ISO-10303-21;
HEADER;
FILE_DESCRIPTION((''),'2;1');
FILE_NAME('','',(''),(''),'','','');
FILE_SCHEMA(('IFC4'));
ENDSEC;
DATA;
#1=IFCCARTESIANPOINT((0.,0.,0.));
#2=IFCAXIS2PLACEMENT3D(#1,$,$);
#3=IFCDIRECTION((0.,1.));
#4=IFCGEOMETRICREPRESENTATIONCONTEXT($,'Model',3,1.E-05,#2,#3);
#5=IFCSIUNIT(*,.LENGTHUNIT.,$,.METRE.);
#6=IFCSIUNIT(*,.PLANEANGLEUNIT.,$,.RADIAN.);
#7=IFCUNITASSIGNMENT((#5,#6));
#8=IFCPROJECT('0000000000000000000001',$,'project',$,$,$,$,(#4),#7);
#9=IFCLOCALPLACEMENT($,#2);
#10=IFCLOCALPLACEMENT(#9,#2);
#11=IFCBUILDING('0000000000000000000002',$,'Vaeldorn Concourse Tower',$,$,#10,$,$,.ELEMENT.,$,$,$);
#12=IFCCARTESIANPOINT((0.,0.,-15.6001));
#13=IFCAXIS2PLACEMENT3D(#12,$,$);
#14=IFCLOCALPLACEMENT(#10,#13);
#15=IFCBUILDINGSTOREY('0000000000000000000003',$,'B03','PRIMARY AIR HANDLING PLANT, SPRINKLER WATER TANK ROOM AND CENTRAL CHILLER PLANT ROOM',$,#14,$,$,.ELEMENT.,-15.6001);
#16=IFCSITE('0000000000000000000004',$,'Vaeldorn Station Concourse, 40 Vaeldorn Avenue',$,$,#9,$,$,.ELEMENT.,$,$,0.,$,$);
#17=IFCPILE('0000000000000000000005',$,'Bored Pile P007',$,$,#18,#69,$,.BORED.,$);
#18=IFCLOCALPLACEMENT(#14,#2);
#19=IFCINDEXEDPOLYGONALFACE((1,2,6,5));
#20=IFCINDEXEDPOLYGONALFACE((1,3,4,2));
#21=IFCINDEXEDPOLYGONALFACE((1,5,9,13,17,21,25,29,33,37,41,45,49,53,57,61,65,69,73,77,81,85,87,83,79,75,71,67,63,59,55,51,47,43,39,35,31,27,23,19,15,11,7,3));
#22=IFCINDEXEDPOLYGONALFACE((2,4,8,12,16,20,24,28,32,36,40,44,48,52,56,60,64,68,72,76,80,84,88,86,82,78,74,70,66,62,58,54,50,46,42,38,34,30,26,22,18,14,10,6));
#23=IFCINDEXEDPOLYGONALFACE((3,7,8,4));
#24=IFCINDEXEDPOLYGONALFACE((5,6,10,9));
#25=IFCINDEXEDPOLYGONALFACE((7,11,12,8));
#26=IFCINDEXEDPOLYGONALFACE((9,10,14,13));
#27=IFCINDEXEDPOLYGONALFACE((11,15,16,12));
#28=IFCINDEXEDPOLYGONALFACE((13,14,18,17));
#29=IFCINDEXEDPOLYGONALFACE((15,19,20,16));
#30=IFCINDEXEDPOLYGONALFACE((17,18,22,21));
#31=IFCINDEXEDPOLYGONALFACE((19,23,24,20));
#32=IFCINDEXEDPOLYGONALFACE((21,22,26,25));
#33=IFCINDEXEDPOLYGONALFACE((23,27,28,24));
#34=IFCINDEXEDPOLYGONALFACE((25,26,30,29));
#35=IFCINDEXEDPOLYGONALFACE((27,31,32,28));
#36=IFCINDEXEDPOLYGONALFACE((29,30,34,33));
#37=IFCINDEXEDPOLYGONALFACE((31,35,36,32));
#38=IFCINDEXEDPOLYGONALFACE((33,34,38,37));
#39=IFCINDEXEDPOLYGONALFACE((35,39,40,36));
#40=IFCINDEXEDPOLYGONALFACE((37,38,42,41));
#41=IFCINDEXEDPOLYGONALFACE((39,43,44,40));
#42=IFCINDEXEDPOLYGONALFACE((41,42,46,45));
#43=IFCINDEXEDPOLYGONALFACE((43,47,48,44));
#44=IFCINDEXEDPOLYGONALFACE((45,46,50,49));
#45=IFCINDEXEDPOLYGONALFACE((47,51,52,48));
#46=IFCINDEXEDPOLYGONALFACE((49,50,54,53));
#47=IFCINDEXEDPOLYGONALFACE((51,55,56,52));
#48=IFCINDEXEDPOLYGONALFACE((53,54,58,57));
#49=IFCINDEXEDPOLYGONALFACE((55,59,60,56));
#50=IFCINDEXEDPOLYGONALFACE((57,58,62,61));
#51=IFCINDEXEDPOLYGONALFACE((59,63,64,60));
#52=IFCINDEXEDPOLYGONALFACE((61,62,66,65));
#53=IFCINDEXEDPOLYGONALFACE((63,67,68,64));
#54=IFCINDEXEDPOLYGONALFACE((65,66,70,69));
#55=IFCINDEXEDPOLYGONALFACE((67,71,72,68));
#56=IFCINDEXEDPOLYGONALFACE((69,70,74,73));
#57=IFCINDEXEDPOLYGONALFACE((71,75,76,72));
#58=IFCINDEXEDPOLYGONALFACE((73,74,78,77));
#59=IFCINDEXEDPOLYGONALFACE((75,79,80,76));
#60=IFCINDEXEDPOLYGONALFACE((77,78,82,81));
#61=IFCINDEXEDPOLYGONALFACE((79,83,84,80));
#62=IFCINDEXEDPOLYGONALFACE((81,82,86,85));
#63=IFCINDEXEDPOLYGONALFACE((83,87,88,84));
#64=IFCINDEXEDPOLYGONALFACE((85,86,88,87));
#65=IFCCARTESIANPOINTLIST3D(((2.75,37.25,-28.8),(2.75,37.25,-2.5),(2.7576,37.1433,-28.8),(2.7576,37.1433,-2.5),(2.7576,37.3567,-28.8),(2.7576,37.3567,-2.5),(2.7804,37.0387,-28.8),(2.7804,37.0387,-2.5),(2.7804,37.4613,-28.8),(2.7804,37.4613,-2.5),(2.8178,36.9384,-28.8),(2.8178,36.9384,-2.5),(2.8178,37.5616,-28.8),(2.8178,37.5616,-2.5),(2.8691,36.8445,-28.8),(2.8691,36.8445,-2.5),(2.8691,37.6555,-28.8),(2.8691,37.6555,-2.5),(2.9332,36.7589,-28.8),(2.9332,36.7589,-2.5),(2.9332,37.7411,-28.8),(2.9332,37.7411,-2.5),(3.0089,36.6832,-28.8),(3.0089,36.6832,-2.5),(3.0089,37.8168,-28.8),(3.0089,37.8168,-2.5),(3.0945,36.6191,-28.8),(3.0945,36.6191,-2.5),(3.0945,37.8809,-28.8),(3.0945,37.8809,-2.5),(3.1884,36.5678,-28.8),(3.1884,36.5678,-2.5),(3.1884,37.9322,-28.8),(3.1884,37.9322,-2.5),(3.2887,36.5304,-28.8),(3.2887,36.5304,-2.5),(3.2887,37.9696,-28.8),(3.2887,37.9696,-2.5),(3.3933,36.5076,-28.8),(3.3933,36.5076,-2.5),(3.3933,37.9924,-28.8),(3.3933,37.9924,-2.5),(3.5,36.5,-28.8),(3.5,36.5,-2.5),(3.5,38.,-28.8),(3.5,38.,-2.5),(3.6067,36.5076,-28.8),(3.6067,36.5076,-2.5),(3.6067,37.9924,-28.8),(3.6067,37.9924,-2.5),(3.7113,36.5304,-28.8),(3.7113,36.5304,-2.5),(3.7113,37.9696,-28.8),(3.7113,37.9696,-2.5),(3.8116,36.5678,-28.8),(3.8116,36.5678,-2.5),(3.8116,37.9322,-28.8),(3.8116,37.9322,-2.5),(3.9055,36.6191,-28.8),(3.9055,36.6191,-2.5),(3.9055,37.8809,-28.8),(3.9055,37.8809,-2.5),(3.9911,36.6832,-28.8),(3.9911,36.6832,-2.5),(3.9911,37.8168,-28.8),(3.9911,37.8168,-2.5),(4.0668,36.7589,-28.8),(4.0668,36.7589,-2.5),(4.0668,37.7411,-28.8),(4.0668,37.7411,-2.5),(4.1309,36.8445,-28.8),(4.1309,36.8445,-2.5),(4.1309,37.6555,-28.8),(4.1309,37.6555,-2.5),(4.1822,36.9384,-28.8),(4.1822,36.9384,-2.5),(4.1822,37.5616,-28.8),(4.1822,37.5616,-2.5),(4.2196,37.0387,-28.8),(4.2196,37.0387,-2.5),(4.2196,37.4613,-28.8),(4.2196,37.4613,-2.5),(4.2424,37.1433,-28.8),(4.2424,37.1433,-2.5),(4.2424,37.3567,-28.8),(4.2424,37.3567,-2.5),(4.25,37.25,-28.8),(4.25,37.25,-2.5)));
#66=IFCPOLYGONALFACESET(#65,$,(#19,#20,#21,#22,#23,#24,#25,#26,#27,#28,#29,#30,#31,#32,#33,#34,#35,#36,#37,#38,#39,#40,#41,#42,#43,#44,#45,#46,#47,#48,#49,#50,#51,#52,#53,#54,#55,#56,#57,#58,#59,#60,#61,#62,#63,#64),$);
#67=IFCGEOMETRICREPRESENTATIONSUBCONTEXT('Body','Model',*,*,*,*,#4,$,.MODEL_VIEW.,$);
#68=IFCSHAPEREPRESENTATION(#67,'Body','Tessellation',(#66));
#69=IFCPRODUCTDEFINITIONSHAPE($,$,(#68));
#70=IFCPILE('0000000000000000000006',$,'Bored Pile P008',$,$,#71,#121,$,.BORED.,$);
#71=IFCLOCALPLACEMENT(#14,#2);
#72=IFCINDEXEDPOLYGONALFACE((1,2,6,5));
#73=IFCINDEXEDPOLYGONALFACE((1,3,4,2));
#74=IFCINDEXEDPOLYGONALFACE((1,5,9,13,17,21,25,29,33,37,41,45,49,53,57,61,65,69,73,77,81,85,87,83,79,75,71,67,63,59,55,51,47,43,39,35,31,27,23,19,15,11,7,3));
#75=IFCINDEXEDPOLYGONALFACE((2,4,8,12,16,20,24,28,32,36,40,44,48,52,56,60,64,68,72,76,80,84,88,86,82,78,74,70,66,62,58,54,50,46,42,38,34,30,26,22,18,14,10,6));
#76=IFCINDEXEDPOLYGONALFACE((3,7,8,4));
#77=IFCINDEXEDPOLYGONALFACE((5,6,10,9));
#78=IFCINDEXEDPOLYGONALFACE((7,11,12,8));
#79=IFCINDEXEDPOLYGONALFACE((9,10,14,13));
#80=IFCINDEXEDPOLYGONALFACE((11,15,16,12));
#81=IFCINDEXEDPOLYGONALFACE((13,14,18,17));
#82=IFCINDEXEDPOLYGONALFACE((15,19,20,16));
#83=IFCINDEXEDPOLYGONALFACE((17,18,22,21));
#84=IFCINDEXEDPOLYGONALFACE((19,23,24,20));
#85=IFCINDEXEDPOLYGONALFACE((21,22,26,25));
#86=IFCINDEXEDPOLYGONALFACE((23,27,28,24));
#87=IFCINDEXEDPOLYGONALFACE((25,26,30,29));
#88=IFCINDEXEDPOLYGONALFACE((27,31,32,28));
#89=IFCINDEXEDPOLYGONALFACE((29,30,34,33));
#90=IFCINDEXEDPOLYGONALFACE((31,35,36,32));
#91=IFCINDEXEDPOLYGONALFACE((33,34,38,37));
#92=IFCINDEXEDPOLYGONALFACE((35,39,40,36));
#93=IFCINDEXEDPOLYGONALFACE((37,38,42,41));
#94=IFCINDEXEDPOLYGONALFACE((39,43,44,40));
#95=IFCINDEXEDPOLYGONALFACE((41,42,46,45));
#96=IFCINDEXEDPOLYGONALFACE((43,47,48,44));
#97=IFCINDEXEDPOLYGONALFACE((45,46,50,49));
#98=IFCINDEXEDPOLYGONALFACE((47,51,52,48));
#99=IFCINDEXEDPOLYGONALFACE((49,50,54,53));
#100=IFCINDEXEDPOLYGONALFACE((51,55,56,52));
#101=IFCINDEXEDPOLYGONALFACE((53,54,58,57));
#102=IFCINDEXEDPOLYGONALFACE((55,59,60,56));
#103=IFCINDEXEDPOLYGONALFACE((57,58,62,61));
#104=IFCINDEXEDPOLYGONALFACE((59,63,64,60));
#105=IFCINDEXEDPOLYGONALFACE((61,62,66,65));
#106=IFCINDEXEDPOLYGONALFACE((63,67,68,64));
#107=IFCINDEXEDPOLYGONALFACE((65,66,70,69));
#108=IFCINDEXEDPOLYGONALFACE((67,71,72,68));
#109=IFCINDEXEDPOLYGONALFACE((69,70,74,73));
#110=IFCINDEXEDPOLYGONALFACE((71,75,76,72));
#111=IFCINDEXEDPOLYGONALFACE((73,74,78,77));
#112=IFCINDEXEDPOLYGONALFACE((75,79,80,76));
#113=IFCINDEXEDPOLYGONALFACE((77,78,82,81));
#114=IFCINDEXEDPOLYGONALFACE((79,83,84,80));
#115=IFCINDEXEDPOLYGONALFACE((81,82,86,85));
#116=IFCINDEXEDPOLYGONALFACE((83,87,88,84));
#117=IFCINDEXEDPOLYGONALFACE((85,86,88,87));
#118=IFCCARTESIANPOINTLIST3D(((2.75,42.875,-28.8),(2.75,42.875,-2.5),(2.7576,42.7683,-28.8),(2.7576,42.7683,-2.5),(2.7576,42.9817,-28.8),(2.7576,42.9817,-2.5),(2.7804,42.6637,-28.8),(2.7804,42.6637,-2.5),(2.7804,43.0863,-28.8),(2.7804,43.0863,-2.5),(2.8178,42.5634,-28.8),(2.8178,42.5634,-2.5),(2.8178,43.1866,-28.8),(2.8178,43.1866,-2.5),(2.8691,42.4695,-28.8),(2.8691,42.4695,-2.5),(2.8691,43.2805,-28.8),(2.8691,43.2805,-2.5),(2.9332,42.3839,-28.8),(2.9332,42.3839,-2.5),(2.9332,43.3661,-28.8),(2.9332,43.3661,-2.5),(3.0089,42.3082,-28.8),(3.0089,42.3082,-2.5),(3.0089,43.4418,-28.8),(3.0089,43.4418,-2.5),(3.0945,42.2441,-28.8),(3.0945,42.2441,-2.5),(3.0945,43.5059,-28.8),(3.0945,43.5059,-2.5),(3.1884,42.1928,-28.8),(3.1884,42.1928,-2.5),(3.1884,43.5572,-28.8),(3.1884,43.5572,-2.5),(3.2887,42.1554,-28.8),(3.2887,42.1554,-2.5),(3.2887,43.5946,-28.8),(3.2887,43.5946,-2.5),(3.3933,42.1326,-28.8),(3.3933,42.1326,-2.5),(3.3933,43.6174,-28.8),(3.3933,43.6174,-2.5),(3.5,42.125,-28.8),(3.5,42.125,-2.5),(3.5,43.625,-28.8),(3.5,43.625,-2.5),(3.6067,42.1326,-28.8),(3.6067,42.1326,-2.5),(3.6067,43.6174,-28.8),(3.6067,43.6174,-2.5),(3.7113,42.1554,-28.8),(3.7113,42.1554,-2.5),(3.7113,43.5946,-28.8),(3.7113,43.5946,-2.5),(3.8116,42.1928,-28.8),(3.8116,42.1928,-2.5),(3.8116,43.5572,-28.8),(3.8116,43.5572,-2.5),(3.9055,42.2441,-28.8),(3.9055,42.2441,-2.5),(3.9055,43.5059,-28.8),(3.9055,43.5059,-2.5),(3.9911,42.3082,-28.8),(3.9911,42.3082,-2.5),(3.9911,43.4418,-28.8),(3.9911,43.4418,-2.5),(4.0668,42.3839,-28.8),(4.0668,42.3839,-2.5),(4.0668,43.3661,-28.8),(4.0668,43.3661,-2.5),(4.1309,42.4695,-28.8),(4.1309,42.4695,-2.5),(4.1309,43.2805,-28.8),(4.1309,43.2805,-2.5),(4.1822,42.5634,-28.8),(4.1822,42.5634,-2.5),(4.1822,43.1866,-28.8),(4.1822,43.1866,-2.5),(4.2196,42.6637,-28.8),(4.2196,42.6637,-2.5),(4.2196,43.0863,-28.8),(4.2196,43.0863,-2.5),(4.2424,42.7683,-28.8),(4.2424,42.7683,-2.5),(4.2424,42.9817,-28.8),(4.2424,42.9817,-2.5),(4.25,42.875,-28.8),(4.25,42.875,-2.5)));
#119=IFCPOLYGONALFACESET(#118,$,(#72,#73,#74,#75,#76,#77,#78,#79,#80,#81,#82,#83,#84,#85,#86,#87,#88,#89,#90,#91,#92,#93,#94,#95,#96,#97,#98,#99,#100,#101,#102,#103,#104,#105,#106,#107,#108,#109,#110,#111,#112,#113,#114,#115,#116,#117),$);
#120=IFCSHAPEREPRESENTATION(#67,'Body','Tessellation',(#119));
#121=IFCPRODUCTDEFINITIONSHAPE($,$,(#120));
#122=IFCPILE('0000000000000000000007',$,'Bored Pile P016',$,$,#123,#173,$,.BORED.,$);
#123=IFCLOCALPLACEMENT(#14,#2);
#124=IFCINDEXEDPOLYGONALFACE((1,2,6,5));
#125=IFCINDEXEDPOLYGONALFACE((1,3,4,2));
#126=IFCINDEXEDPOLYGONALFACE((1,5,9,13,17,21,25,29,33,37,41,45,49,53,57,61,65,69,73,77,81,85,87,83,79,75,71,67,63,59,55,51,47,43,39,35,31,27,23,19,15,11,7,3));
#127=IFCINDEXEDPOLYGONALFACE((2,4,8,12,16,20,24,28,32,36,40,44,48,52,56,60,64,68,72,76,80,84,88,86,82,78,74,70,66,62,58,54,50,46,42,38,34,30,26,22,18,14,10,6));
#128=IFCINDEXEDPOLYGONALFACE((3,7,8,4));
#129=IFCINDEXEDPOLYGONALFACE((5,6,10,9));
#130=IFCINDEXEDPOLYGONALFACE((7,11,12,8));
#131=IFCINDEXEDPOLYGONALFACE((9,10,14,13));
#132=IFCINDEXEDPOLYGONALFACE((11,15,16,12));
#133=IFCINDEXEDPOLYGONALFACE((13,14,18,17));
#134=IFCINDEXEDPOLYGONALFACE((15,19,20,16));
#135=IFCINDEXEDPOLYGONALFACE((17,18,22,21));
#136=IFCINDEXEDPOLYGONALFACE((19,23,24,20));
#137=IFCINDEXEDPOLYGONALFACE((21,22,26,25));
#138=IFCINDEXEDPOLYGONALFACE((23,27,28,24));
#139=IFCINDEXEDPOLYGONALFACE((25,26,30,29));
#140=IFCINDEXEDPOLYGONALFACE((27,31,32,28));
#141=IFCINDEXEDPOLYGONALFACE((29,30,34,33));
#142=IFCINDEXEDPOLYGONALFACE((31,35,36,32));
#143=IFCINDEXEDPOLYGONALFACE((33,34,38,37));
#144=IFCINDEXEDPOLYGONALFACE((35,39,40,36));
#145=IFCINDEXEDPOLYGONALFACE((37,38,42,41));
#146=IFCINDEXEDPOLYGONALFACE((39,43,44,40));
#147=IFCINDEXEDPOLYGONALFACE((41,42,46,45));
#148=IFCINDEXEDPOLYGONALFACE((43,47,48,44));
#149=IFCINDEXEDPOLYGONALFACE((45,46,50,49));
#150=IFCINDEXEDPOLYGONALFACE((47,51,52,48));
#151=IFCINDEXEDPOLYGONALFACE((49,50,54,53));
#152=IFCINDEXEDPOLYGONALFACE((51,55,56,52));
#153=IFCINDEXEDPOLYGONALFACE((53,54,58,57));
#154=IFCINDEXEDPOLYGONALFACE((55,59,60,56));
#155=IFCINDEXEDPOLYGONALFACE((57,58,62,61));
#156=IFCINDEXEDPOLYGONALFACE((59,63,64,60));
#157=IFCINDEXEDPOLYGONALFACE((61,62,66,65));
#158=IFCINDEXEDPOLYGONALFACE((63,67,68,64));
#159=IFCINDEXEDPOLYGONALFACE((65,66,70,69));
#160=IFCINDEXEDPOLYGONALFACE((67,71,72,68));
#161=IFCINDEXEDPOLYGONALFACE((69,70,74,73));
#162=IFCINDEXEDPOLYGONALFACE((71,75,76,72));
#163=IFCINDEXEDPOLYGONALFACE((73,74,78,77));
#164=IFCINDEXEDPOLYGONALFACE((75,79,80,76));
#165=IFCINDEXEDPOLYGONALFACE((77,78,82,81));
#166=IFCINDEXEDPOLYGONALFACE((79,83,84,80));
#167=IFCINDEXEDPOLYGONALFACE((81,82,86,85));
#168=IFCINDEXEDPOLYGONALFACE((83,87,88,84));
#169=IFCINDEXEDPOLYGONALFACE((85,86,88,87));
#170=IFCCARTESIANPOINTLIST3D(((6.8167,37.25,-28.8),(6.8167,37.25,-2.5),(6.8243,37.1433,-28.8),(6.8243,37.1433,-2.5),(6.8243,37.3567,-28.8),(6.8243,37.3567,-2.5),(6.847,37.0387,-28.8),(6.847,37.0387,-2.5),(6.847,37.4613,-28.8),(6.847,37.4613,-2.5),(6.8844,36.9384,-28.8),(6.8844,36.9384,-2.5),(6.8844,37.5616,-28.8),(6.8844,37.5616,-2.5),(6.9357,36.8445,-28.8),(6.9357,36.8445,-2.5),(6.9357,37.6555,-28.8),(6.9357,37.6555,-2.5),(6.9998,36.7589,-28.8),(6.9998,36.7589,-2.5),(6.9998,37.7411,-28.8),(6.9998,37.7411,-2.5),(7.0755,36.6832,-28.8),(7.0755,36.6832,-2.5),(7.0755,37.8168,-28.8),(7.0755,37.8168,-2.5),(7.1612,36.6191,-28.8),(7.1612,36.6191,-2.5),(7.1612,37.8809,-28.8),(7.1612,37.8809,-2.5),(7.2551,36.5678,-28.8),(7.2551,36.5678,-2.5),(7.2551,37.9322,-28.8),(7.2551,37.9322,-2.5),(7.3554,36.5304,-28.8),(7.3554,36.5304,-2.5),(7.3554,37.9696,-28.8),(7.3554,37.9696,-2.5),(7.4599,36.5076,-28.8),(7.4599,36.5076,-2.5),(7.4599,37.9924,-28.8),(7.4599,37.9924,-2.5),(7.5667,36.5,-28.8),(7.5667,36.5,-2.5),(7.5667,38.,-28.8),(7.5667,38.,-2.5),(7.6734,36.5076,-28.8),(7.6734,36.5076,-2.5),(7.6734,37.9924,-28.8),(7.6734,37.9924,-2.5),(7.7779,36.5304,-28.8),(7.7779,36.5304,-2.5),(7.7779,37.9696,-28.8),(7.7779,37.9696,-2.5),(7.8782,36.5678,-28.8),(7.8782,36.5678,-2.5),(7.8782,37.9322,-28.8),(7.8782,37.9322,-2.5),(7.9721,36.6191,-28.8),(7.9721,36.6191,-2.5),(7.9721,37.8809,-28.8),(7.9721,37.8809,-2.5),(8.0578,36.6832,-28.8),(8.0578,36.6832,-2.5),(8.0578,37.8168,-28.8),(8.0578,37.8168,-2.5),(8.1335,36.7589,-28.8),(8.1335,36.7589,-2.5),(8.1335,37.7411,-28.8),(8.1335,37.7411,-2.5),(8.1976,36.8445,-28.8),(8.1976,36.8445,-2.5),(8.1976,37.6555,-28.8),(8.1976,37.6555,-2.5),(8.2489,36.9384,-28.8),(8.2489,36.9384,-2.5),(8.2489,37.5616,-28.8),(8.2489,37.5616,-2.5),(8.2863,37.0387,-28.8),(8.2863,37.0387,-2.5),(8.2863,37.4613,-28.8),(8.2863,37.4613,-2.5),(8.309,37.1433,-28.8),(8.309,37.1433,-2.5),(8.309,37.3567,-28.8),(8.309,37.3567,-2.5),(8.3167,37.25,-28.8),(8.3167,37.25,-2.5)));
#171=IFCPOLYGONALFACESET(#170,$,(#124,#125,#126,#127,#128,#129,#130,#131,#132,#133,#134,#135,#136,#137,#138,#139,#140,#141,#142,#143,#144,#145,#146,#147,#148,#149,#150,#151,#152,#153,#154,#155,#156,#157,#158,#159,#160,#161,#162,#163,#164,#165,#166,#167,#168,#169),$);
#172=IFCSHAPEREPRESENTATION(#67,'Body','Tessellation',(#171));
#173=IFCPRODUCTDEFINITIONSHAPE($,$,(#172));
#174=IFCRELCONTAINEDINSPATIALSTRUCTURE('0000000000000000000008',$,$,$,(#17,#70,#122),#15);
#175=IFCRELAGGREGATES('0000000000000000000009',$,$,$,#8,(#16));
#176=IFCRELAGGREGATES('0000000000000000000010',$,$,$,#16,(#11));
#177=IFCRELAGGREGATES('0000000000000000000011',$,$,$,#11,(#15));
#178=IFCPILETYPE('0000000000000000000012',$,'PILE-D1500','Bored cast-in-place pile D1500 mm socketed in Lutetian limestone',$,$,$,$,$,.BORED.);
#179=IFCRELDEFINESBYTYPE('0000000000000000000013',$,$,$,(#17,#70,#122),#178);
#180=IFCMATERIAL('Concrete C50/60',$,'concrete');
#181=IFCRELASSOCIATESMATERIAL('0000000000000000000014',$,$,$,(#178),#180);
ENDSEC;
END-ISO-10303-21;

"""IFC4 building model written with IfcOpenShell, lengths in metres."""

from ifc_helpers import new_model, si_unit, direction, frame, origin, origin_2d, place, context, subcontext, project, spatial, circle, extrude, material, material_profile, profile_set, type_object, element, save


model = new_model("IFC4")

# Units and contexts
model_context = context("Model", 3, precision=1e-05, world=origin(), true_north=direction((0.0, 1.0)))
body_context = subcontext(model_context, "Body", "Model", "MODEL_VIEW")
ifc_project = project(units=[si_unit("LENGTHUNIT", "METRE"), si_unit("PLANEANGLEUNIT", "RADIAN")], contexts=[model_context])

# Site, building, storey
site_placement = place(None, origin())
site = spatial("IfcSite", under=ifc_project, at=site_placement, Name="Vaeldorn Station Concourse, 40 Vaeldorn Avenue", CompositionType="ELEMENT", RefElevation=0.0)
building_placement = place(site_placement, origin())
building = spatial("IfcBuilding", under=site, at=building_placement, Name="Vaeldorn Concourse Tower", CompositionType="ELEMENT")
storey_placement = place(building_placement, frame((0.0, 0.0, -15.6001)))
storey = spatial("IfcBuildingStorey", under=building, at=storey_placement, Name="B03", Description="PRIMARY AIR HANDLING PLANT, SPRINKLER WATER TANK ROOM AND CENTRAL CHILLER PLANT ROOM", CompositionType="ELEMENT", Elevation=-15.6001)

# Piles
ifc_material_1 = material(Name="Concrete C50/60", Category="concrete")
ifc_material_profile_1 = material_profile(ifc_material_1, circle(Radius=0.75, at=origin_2d()), Name="BORED PILE D1500")
ifc_profile_set_1 = profile_set([ifc_material_profile_1], Name="Concrete C50/60")
pile_type = type_object("IfcPileType", Name="PILE-D1500", Description="Bored cast-in-place pile D1500 mm socketed in Lutetian limestone", PredefinedType="BORED", material=ifc_profile_set_1)
for number, where, z_axis, x_axis, name in (
    (1, (3.5, 37.25, -2.5), (0.0, 0.0, -1.0), (1.0, 0.0, 0.0), "Bored Pile P007"),
    (2, (3.5, 42.875, -2.5), (0.0, 0.0, -1.0), (1.0, 0.0, 0.0), "Bored Pile P008"),
    (3, (7.5667, 37.25, -2.5), (0.0, 0.0, -1.0), (1.0, 0.0, 0.0), "Bored Pile P016"),
):
    element("IfcPile", number, at=place(storey_placement, frame(where, z_axis=z_axis, x_axis=x_axis)), inside=storey, type_object=pile_type, Name=name, PredefinedType="BORED", context=body_context, shape_type="SweptSolid", body=[
        extrude(circle(Radius=0.75, at=origin_2d()), origin(), (0.0, 0.0, 1.0), 26.3),
    ])

save(model, "model.ifc")
